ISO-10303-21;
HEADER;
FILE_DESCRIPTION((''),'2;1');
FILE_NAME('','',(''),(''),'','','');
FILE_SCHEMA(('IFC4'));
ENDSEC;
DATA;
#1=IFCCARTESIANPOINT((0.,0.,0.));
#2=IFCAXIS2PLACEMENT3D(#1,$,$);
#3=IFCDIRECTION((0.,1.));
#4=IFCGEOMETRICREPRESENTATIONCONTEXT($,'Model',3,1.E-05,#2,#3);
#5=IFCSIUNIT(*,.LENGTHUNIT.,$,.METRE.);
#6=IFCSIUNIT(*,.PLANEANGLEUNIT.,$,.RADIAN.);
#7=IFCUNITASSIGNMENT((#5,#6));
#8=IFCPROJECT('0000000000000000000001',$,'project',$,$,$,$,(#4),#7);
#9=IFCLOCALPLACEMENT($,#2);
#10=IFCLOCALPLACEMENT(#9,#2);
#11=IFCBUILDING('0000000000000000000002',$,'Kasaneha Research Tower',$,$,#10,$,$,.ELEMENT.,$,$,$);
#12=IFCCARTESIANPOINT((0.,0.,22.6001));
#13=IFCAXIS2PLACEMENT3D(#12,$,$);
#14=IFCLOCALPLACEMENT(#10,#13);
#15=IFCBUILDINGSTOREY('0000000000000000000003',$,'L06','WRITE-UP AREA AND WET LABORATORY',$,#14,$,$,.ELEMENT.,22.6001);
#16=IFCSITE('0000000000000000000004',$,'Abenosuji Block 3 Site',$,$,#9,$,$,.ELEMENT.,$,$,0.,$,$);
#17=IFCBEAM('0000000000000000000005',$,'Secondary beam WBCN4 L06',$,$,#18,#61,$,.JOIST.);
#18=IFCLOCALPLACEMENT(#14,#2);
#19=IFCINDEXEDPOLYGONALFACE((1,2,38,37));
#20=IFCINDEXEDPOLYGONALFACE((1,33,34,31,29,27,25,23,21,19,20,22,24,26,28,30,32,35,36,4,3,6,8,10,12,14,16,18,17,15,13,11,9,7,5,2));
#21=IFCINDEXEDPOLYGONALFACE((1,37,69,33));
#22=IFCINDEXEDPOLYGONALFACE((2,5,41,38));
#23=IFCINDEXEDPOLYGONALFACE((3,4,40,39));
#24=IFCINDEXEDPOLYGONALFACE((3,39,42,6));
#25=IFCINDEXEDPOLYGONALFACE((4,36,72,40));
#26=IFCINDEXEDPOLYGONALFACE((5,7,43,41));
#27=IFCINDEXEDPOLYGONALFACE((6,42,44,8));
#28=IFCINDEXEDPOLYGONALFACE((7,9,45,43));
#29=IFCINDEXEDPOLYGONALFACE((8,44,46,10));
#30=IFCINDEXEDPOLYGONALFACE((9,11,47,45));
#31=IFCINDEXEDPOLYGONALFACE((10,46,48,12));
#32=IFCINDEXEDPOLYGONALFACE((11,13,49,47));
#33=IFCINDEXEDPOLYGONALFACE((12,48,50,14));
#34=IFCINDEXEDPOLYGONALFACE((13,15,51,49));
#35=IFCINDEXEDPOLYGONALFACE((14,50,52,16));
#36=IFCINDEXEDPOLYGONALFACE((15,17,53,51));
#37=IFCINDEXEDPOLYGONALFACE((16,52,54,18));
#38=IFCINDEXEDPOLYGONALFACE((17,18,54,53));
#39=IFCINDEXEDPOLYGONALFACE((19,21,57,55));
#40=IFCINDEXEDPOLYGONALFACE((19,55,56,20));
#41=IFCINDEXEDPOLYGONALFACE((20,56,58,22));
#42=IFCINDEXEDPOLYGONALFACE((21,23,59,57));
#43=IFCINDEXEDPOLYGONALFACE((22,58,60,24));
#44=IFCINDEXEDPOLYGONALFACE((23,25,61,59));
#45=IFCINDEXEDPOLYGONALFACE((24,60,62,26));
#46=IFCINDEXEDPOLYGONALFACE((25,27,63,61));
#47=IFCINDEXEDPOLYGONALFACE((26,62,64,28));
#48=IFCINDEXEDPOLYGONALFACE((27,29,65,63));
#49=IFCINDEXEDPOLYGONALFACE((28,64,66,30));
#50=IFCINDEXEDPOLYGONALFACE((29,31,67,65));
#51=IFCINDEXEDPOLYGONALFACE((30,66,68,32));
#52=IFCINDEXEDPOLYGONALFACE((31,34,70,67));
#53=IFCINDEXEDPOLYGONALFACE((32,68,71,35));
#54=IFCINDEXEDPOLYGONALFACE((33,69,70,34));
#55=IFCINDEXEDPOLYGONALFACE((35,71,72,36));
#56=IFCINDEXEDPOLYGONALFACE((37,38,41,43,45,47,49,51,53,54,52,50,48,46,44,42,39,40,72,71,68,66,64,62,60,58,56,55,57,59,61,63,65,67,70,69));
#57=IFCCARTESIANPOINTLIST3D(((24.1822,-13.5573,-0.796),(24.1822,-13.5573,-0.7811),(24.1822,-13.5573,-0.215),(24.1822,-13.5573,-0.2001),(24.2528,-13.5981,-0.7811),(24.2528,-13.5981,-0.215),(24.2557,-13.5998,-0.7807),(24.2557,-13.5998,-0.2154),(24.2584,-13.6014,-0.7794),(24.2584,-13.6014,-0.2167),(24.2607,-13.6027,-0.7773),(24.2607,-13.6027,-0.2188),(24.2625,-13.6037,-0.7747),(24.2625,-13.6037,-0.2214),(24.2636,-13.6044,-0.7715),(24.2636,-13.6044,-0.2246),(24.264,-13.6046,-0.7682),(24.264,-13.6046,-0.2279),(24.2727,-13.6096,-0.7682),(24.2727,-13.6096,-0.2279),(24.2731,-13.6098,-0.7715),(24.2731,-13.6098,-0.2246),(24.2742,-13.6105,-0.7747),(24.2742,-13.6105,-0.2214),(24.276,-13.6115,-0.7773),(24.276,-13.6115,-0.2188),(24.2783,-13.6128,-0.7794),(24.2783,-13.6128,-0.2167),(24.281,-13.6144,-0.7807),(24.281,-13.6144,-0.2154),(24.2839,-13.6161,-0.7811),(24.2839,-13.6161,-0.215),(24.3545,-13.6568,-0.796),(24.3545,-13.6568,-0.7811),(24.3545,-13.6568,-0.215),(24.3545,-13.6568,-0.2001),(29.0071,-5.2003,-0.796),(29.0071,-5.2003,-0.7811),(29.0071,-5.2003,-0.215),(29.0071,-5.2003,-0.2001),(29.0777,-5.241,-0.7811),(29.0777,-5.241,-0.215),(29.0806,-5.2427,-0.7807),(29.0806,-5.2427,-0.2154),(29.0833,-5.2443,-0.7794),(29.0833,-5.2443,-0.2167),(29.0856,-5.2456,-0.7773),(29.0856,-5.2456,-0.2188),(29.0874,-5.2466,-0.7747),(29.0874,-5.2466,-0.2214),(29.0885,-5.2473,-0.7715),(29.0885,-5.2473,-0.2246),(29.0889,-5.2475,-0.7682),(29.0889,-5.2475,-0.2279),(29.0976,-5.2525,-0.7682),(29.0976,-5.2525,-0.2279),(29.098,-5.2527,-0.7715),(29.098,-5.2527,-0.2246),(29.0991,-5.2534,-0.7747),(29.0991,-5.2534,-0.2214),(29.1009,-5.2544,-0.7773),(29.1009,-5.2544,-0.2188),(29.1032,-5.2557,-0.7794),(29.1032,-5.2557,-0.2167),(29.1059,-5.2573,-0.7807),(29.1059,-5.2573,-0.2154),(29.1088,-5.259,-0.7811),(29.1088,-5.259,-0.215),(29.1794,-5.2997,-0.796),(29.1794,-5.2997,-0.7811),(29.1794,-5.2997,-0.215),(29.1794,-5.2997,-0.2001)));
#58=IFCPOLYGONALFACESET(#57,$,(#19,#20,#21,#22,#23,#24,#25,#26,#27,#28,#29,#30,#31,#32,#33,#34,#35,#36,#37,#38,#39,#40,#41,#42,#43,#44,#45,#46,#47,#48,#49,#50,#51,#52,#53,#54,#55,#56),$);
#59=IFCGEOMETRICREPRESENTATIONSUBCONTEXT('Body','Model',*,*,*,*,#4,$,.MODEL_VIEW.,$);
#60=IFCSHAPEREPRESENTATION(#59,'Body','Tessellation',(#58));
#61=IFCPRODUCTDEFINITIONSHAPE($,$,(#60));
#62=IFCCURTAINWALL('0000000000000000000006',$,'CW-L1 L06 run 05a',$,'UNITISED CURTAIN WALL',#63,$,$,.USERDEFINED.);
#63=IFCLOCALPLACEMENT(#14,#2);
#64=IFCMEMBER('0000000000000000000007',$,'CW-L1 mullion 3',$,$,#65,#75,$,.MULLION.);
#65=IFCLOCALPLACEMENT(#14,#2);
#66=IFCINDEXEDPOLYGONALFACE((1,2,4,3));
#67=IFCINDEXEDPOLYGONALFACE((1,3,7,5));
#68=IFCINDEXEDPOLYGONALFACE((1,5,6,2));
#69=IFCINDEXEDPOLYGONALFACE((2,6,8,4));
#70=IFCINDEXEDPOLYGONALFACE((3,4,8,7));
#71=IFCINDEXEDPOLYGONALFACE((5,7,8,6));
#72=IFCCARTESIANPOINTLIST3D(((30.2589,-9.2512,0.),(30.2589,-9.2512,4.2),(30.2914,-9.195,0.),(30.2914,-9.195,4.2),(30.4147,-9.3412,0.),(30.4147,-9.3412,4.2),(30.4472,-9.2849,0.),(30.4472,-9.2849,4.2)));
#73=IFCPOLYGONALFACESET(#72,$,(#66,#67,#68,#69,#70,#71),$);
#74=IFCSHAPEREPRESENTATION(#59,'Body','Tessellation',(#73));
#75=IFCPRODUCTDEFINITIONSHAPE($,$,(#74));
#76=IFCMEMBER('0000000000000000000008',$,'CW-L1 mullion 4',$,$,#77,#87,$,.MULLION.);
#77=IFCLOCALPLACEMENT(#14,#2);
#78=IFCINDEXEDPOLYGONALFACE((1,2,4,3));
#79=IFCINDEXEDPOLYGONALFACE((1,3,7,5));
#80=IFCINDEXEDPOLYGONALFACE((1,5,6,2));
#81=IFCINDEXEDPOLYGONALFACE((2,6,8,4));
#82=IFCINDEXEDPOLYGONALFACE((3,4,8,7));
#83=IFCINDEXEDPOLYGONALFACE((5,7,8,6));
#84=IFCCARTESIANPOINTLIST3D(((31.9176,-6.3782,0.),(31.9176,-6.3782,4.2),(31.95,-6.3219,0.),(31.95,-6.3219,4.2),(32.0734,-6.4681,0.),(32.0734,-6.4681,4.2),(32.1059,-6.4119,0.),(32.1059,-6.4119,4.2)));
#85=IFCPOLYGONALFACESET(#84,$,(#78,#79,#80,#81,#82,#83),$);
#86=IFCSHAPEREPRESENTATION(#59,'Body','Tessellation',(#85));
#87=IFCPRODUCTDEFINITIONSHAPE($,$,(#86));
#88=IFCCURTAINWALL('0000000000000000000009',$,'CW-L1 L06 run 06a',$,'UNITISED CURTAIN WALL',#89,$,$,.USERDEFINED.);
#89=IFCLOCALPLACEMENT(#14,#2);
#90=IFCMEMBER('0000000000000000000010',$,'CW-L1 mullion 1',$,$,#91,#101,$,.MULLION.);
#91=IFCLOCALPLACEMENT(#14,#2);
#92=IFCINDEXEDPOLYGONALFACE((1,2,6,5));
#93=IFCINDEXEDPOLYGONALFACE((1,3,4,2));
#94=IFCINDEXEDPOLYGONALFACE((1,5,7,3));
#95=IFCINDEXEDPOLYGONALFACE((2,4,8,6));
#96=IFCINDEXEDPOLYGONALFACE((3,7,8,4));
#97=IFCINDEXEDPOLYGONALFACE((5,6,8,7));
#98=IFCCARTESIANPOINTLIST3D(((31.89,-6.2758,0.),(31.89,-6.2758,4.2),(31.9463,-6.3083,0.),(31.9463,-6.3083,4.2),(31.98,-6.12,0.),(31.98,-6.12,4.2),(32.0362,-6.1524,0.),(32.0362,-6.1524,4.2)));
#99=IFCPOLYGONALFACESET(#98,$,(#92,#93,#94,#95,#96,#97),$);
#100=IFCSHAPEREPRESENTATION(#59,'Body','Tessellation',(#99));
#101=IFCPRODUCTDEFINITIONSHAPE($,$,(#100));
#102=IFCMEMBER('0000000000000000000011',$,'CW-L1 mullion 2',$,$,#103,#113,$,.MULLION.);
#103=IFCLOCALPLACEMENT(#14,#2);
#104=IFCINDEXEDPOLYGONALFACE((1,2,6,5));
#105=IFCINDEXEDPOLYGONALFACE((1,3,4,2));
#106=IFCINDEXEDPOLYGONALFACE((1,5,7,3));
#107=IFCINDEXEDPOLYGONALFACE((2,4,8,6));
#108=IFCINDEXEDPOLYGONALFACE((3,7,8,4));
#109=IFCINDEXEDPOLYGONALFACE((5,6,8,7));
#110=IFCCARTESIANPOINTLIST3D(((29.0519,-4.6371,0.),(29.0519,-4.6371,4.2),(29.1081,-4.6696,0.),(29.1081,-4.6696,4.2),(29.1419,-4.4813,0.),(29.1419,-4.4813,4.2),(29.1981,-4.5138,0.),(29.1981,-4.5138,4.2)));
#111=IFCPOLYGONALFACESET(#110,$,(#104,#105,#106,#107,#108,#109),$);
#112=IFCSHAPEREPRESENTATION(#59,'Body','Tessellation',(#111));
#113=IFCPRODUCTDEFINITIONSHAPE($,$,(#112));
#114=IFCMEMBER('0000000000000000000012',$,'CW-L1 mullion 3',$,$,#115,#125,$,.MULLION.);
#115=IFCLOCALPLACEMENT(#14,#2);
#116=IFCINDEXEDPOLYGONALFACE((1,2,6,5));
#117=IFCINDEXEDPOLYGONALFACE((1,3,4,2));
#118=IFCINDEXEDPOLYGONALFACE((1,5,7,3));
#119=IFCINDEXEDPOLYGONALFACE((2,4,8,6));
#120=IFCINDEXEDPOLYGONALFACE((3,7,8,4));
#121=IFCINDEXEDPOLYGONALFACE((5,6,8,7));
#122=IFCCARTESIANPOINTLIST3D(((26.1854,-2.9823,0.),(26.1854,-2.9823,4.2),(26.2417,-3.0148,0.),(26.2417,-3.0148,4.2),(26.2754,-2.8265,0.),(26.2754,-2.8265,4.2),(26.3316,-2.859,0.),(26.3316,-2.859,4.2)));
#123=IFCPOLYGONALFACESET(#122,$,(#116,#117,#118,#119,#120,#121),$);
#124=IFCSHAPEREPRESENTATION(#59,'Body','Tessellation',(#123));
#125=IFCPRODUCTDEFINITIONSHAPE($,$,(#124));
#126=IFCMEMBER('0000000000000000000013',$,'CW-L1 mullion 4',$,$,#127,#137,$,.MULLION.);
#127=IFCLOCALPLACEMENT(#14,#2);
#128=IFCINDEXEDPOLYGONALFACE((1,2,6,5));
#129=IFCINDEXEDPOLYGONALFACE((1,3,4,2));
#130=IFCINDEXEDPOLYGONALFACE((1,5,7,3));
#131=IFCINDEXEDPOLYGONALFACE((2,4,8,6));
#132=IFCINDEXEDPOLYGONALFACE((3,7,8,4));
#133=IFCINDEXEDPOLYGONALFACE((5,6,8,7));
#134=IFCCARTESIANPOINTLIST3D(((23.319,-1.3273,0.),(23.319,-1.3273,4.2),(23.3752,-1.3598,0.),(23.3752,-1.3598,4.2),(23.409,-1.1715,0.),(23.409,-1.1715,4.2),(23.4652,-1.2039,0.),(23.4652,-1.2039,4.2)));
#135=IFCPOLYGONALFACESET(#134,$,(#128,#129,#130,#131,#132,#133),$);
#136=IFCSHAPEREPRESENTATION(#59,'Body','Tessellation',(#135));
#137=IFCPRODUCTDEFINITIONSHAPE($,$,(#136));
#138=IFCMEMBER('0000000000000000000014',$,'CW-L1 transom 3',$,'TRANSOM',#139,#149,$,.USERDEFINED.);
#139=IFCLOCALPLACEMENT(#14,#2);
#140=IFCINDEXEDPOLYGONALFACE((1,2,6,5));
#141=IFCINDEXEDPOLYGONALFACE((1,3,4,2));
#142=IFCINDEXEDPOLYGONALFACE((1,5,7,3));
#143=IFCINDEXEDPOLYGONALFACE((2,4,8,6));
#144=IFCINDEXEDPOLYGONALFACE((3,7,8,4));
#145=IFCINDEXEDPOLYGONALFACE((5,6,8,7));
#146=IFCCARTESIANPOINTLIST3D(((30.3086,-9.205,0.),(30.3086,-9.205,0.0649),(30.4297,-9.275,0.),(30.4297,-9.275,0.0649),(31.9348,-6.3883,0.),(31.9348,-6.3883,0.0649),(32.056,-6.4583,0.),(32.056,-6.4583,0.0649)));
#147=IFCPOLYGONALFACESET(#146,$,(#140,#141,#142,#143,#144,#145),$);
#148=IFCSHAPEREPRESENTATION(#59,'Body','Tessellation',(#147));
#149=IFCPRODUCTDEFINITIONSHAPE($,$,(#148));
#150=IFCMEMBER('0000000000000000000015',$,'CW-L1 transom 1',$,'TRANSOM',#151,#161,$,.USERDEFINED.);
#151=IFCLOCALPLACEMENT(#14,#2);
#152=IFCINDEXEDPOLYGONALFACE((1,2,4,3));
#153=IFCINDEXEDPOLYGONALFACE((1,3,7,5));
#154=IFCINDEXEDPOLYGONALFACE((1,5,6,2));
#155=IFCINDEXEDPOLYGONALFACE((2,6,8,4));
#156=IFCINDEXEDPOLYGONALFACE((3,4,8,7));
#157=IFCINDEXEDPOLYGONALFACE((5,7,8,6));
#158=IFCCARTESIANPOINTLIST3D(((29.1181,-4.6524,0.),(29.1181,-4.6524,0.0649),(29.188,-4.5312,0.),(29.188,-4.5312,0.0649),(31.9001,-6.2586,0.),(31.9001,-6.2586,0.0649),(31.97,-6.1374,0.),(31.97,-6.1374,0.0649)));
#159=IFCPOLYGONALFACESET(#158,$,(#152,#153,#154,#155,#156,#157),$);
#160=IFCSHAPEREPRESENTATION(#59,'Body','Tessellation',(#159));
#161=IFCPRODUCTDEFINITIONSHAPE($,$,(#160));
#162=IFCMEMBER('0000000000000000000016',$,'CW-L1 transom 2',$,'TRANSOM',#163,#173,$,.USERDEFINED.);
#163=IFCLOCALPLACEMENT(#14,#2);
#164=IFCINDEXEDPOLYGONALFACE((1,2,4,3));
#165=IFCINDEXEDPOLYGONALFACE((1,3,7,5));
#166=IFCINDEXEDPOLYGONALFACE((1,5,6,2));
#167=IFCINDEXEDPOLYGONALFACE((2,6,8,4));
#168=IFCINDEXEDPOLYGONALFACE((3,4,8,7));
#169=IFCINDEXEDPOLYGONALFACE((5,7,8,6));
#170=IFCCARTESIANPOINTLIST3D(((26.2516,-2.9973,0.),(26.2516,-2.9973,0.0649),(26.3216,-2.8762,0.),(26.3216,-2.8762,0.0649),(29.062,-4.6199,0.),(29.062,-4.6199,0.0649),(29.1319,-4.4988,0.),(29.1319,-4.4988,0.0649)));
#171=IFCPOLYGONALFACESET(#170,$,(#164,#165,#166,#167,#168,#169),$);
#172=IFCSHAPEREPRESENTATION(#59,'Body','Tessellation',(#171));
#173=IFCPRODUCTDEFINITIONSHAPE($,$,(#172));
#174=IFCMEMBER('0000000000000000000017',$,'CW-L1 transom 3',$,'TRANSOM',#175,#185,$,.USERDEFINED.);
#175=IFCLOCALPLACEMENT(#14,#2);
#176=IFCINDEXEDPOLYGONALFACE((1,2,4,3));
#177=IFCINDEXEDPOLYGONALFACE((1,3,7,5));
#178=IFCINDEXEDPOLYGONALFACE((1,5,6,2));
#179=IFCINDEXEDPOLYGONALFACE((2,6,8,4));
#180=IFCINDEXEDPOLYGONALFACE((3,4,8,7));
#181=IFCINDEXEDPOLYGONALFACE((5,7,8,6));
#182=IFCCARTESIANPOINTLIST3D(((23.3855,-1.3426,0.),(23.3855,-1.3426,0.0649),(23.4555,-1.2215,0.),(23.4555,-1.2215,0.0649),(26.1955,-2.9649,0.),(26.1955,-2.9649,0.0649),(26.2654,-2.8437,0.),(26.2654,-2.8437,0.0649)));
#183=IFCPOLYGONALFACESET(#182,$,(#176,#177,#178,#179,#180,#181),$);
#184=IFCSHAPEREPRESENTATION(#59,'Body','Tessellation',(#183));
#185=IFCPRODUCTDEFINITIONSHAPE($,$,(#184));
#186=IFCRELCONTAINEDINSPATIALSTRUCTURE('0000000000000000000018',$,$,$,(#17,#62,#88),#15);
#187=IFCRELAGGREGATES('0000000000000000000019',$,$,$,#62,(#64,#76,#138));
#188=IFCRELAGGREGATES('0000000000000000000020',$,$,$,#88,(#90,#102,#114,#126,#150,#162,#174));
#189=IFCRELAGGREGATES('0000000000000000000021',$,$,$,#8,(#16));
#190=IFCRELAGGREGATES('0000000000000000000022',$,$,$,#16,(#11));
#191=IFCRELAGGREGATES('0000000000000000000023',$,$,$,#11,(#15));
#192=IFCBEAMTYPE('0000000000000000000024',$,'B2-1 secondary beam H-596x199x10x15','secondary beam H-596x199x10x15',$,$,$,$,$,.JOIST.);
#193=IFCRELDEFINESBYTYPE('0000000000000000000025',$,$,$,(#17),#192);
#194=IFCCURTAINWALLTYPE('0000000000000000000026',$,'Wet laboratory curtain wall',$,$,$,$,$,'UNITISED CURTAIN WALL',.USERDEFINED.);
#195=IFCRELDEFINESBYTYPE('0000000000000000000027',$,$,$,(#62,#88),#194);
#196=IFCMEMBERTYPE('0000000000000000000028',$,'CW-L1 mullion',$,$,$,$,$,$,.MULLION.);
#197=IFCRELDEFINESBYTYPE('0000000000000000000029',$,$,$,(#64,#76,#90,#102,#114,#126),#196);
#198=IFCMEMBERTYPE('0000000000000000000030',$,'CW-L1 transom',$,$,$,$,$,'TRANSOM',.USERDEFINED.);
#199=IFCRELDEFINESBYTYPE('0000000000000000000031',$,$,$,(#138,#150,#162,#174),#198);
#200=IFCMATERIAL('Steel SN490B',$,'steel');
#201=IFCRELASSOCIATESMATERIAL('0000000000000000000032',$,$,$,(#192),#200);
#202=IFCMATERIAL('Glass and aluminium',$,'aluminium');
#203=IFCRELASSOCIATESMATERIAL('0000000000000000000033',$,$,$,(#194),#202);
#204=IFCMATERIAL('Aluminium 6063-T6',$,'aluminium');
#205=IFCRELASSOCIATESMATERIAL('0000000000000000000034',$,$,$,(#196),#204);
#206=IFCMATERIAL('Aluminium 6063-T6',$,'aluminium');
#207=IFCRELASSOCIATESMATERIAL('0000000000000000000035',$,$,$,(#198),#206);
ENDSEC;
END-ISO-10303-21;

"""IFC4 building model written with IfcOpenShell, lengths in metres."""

from ifc_helpers import new_model, si_unit, direction, frame, origin, origin_2d, place, context, subcontext, project, spatial, rectangle, i_section, extrude, material, material_profile, profile_set, type_object, element, aggregate, save


model = new_model("IFC4")

# Units and contexts
model_context = context("Model", 3, precision=1e-05, world=origin(), true_north=direction((0.0, 1.0)))
body_context = subcontext(model_context, "Body", "Model", "MODEL_VIEW")
ifc_project = project(units=[si_unit("LENGTHUNIT", "METRE"), si_unit("PLANEANGLEUNIT", "RADIAN")], contexts=[model_context])

# Site, building, storey
site_placement = place(None, origin())
site = spatial("IfcSite", under=ifc_project, at=site_placement, Name="Abenosuji Block 3 Site", CompositionType="ELEMENT", RefElevation=0.0)
building_placement = place(site_placement, origin())
building = spatial("IfcBuilding", under=site, at=building_placement, Name="Kasaneha Research Tower", CompositionType="ELEMENT")
storey_placement = place(building_placement, frame((0.0, 0.0, 22.6001)))
storey = spatial("IfcBuildingStorey", under=building, at=storey_placement, Name="L06", Description="WRITE-UP AREA AND WET LABORATORY", CompositionType="ELEMENT", Elevation=22.6001)

# Beam
ifc_material_1 = material(Name="Steel SN490B", Category="steel")
ifc_material_profile_1 = material_profile(ifc_material_1, i_section(OverallWidth=0.199, OverallDepth=0.5959, WebThickness=0.01, FlangeThickness=0.0149, FilletRadius=0.0129, at=origin_2d()), Name="H-596x199x10x15")
ifc_profile_set_1 = profile_set([ifc_material_profile_1], Name="Steel SN490B")
beam_type_1 = type_object("IfcBeamType", Name="B2-1 secondary beam H-596x199x10x15", Description="secondary beam H-596x199x10x15", PredefinedType="JOIST", material=ifc_profile_set_1)
for number, where, z_axis, x_axis, name in (
    (1, (29.0933, -5.25, -0.498), (-0.499995, -0.866028, 0.0), (0.866028, -0.499995, 0.0), "Secondary beam WBCN4 L06"),
):
    element("IfcBeam", number, at=place(storey_placement, frame(where, z_axis=z_axis, x_axis=x_axis)), inside=storey, type_object=beam_type_1, Name=name, PredefinedType="JOIST", context=body_context, shape_type="SweptSolid", body=[
        extrude(i_section(OverallWidth=0.199, OverallDepth=0.5959, WebThickness=0.01, FlangeThickness=0.0149, FilletRadius=0.0129, at=origin_2d()), origin(), (0.0, 0.0, 1.0), 9.6499),
    ])

# Curtain walls, members
ifc_material_2 = material(Name="Glass and aluminium", Category="aluminium")
curtain_wall_type = type_object("IfcCurtainWallType", Name="Wet laboratory curtain wall", ElementType="UNITISED CURTAIN WALL", PredefinedType="USERDEFINED", material=ifc_material_2)
curtain_wall_1_placement = place(storey_placement, origin())
curtain_wall_1 = element("IfcCurtainWall", 2, at=curtain_wall_1_placement, inside=storey, type_object=curtain_wall_type, Name="CW-L1 L06 run 05a", ObjectType="UNITISED CURTAIN WALL", PredefinedType="USERDEFINED")
ifc_material_3 = material(Name="Aluminium 6063-T6", Category="aluminium")
ifc_material_profile_2 = material_profile(ifc_material_3, rectangle(XDim=0.0649, YDim=0.1799, at=origin_2d()), Name="CW-L1 mullion 65x180")
ifc_profile_set_2 = profile_set([ifc_material_profile_2], Name="Aluminium 6063-T6")
member_type_1 = type_object("IfcMemberType", Name="CW-L1 mullion", PredefinedType="MULLION", material=ifc_profile_set_2)
member_1_placement = place(storey_placement, frame((30.353, -9.2681, 0.0), z_axis=(0.0, 0.0, 1.0), x_axis=(0.5, 0.866025, 0.0)))
member_1 = element("IfcMember", 3, at=member_1_placement, type_object=member_type_1, Name="CW-L1 mullion 3", PredefinedType="MULLION", context=body_context, shape_type="SweptSolid", body=[
    extrude(rectangle(XDim=0.0649, YDim=0.1799, at=origin_2d()), origin(), (0.0, 0.0, 1.0), 4.2),
])
member_2_placement = place(storey_placement, frame((32.0117, -6.395, 0.0), z_axis=(0.0, 0.0, 1.0), x_axis=(0.5, 0.866025, 0.0)))
member_2 = element("IfcMember", 4, at=member_2_placement, type_object=member_type_1, Name="CW-L1 mullion 4", PredefinedType="MULLION", context=body_context, shape_type="SweptSolid", body=[
    extrude(rectangle(XDim=0.0649, YDim=0.1799, at=origin_2d()), origin(), (0.0, 0.0, 1.0), 4.2),
])
curtain_wall_2_placement = place(storey_placement, origin())
curtain_wall_2 = element("IfcCurtainWall", 5, at=curtain_wall_2_placement, inside=storey, type_object=curtain_wall_type, Name="CW-L1 L06 run 06a", ObjectType="UNITISED CURTAIN WALL", PredefinedType="USERDEFINED")
member_3_placement = place(storey_placement, frame((31.9631, -6.2141, 0.0), z_axis=(0.0, 0.0, 1.0), x_axis=(-0.866025, 0.5, 0.0)))
member_3 = element("IfcMember", 6, at=member_3_placement, type_object=member_type_1, Name="CW-L1 mullion 1", PredefinedType="MULLION", context=body_context, shape_type="SweptSolid", body=[
    extrude(rectangle(XDim=0.0649, YDim=0.1799, at=origin_2d()), origin(), (0.0, 0.0, 1.0), 4.2),
])
member_4_placement = place(storey_placement, frame((29.125, -4.5754, 0.0), z_axis=(0.0, 0.0, 1.0), x_axis=(-0.866025, 0.5, 0.0)))
member_4 = element("IfcMember", 7, at=member_4_placement, type_object=member_type_1, Name="CW-L1 mullion 2", PredefinedType="MULLION", context=body_context, shape_type="SweptSolid", body=[
    extrude(rectangle(XDim=0.0649, YDim=0.1799, at=origin_2d()), origin(), (0.0, 0.0, 1.0), 4.2),
])
member_5_placement = place(storey_placement, frame((26.2585, -2.9207, 0.0), z_axis=(0.0, 0.0, 1.0), x_axis=(-0.866025, 0.5, 0.0)))
member_5 = element("IfcMember", 8, at=member_5_placement, type_object=member_type_1, Name="CW-L1 mullion 3", PredefinedType="MULLION", context=body_context, shape_type="SweptSolid", body=[
    extrude(rectangle(XDim=0.0649, YDim=0.1799, at=origin_2d()), origin(), (0.0, 0.0, 1.0), 4.2),
])
member_6_placement = place(storey_placement, frame((23.3921, -1.2656, 0.0), z_axis=(0.0, 0.0, 1.0), x_axis=(-0.866025, 0.5, 0.0)))
member_6 = element("IfcMember", 9, at=member_6_placement, type_object=member_type_1, Name="CW-L1 mullion 4", PredefinedType="MULLION", context=body_context, shape_type="SweptSolid", body=[
    extrude(rectangle(XDim=0.0649, YDim=0.1799, at=origin_2d()), origin(), (0.0, 0.0, 1.0), 4.2),
])

# Members
ifc_material_4 = material(Name="Aluminium 6063-T6", Category="aluminium")
ifc_material_profile_3 = material_profile(ifc_material_4, rectangle(XDim=0.1399, YDim=0.0649, at=origin_2d()), Name="CW-L1 transom 140x65")
ifc_profile_set_3 = profile_set([ifc_material_profile_3], Name="Aluminium 6063-T6")
member_type_2 = type_object("IfcMemberType", Name="CW-L1 transom", ElementType="TRANSOM", PredefinedType="USERDEFINED", material=ifc_profile_set_3)
member_7_placement = place(storey_placement, frame((30.3691, -9.24, 0.0325), z_axis=(0.500006, 0.866022, 0.0), x_axis=(-0.866022, 0.500006, 0.0)))
member_7 = element("IfcMember", 10, at=member_7_placement, type_object=member_type_2, Name="CW-L1 transom 3", ObjectType="TRANSOM", PredefinedType="USERDEFINED", context=body_context, shape_type="SweptSolid", body=[
    extrude(rectangle(XDim=0.1399, YDim=0.0649, at=origin_2d()), origin(), (0.0, 0.0, 1.0), 3.2524),
])
member_8_placement = place(storey_placement, frame((31.9351, -6.198, 0.0325), z_axis=(-0.866022, 0.500005, 0.0), x_axis=(-0.500005, -0.866022, 0.0)))
member_8 = element("IfcMember", 11, at=member_8_placement, type_object=member_type_2, Name="CW-L1 transom 1", ObjectType="TRANSOM", PredefinedType="USERDEFINED", context=body_context, shape_type="SweptSolid", body=[
    extrude(rectangle(XDim=0.1399, YDim=0.0649, at=origin_2d()), origin(), (0.0, 0.0, 1.0), 3.2124),
])
member_9_placement = place(storey_placement, frame((29.0969, -4.5593, 0.0325), z_axis=(-0.866021, 0.500007, 0.0), x_axis=(-0.500007, -0.866021, 0.0)))
member_9 = element("IfcMember", 12, at=member_9_placement, type_object=member_type_2, Name="CW-L1 transom 2", ObjectType="TRANSOM", PredefinedType="USERDEFINED", context=body_context, shape_type="SweptSolid", body=[
    extrude(rectangle(XDim=0.1399, YDim=0.0649, at=origin_2d()), origin(), (0.0, 0.0, 1.0), 3.2451),
])
member_10_placement = place(storey_placement, frame((26.2305, -2.9043, 0.0325), z_axis=(-0.866035, 0.499983, 0.0), x_axis=(-0.499983, -0.866035, 0.0)))
member_10 = element("IfcMember", 13, at=member_10_placement, type_object=member_type_2, Name="CW-L1 transom 3", ObjectType="TRANSOM", PredefinedType="USERDEFINED", context=body_context, shape_type="SweptSolid", body=[
    extrude(rectangle(XDim=0.1399, YDim=0.0649, at=origin_2d()), origin(), (0.0, 0.0, 1.0), 3.2446),
])

aggregate(curtain_wall_1, [member_1, member_2, member_7])
aggregate(curtain_wall_2, [member_3, member_4, member_5, member_6, member_8, member_9, member_10])

save(model, "model.ifc")
